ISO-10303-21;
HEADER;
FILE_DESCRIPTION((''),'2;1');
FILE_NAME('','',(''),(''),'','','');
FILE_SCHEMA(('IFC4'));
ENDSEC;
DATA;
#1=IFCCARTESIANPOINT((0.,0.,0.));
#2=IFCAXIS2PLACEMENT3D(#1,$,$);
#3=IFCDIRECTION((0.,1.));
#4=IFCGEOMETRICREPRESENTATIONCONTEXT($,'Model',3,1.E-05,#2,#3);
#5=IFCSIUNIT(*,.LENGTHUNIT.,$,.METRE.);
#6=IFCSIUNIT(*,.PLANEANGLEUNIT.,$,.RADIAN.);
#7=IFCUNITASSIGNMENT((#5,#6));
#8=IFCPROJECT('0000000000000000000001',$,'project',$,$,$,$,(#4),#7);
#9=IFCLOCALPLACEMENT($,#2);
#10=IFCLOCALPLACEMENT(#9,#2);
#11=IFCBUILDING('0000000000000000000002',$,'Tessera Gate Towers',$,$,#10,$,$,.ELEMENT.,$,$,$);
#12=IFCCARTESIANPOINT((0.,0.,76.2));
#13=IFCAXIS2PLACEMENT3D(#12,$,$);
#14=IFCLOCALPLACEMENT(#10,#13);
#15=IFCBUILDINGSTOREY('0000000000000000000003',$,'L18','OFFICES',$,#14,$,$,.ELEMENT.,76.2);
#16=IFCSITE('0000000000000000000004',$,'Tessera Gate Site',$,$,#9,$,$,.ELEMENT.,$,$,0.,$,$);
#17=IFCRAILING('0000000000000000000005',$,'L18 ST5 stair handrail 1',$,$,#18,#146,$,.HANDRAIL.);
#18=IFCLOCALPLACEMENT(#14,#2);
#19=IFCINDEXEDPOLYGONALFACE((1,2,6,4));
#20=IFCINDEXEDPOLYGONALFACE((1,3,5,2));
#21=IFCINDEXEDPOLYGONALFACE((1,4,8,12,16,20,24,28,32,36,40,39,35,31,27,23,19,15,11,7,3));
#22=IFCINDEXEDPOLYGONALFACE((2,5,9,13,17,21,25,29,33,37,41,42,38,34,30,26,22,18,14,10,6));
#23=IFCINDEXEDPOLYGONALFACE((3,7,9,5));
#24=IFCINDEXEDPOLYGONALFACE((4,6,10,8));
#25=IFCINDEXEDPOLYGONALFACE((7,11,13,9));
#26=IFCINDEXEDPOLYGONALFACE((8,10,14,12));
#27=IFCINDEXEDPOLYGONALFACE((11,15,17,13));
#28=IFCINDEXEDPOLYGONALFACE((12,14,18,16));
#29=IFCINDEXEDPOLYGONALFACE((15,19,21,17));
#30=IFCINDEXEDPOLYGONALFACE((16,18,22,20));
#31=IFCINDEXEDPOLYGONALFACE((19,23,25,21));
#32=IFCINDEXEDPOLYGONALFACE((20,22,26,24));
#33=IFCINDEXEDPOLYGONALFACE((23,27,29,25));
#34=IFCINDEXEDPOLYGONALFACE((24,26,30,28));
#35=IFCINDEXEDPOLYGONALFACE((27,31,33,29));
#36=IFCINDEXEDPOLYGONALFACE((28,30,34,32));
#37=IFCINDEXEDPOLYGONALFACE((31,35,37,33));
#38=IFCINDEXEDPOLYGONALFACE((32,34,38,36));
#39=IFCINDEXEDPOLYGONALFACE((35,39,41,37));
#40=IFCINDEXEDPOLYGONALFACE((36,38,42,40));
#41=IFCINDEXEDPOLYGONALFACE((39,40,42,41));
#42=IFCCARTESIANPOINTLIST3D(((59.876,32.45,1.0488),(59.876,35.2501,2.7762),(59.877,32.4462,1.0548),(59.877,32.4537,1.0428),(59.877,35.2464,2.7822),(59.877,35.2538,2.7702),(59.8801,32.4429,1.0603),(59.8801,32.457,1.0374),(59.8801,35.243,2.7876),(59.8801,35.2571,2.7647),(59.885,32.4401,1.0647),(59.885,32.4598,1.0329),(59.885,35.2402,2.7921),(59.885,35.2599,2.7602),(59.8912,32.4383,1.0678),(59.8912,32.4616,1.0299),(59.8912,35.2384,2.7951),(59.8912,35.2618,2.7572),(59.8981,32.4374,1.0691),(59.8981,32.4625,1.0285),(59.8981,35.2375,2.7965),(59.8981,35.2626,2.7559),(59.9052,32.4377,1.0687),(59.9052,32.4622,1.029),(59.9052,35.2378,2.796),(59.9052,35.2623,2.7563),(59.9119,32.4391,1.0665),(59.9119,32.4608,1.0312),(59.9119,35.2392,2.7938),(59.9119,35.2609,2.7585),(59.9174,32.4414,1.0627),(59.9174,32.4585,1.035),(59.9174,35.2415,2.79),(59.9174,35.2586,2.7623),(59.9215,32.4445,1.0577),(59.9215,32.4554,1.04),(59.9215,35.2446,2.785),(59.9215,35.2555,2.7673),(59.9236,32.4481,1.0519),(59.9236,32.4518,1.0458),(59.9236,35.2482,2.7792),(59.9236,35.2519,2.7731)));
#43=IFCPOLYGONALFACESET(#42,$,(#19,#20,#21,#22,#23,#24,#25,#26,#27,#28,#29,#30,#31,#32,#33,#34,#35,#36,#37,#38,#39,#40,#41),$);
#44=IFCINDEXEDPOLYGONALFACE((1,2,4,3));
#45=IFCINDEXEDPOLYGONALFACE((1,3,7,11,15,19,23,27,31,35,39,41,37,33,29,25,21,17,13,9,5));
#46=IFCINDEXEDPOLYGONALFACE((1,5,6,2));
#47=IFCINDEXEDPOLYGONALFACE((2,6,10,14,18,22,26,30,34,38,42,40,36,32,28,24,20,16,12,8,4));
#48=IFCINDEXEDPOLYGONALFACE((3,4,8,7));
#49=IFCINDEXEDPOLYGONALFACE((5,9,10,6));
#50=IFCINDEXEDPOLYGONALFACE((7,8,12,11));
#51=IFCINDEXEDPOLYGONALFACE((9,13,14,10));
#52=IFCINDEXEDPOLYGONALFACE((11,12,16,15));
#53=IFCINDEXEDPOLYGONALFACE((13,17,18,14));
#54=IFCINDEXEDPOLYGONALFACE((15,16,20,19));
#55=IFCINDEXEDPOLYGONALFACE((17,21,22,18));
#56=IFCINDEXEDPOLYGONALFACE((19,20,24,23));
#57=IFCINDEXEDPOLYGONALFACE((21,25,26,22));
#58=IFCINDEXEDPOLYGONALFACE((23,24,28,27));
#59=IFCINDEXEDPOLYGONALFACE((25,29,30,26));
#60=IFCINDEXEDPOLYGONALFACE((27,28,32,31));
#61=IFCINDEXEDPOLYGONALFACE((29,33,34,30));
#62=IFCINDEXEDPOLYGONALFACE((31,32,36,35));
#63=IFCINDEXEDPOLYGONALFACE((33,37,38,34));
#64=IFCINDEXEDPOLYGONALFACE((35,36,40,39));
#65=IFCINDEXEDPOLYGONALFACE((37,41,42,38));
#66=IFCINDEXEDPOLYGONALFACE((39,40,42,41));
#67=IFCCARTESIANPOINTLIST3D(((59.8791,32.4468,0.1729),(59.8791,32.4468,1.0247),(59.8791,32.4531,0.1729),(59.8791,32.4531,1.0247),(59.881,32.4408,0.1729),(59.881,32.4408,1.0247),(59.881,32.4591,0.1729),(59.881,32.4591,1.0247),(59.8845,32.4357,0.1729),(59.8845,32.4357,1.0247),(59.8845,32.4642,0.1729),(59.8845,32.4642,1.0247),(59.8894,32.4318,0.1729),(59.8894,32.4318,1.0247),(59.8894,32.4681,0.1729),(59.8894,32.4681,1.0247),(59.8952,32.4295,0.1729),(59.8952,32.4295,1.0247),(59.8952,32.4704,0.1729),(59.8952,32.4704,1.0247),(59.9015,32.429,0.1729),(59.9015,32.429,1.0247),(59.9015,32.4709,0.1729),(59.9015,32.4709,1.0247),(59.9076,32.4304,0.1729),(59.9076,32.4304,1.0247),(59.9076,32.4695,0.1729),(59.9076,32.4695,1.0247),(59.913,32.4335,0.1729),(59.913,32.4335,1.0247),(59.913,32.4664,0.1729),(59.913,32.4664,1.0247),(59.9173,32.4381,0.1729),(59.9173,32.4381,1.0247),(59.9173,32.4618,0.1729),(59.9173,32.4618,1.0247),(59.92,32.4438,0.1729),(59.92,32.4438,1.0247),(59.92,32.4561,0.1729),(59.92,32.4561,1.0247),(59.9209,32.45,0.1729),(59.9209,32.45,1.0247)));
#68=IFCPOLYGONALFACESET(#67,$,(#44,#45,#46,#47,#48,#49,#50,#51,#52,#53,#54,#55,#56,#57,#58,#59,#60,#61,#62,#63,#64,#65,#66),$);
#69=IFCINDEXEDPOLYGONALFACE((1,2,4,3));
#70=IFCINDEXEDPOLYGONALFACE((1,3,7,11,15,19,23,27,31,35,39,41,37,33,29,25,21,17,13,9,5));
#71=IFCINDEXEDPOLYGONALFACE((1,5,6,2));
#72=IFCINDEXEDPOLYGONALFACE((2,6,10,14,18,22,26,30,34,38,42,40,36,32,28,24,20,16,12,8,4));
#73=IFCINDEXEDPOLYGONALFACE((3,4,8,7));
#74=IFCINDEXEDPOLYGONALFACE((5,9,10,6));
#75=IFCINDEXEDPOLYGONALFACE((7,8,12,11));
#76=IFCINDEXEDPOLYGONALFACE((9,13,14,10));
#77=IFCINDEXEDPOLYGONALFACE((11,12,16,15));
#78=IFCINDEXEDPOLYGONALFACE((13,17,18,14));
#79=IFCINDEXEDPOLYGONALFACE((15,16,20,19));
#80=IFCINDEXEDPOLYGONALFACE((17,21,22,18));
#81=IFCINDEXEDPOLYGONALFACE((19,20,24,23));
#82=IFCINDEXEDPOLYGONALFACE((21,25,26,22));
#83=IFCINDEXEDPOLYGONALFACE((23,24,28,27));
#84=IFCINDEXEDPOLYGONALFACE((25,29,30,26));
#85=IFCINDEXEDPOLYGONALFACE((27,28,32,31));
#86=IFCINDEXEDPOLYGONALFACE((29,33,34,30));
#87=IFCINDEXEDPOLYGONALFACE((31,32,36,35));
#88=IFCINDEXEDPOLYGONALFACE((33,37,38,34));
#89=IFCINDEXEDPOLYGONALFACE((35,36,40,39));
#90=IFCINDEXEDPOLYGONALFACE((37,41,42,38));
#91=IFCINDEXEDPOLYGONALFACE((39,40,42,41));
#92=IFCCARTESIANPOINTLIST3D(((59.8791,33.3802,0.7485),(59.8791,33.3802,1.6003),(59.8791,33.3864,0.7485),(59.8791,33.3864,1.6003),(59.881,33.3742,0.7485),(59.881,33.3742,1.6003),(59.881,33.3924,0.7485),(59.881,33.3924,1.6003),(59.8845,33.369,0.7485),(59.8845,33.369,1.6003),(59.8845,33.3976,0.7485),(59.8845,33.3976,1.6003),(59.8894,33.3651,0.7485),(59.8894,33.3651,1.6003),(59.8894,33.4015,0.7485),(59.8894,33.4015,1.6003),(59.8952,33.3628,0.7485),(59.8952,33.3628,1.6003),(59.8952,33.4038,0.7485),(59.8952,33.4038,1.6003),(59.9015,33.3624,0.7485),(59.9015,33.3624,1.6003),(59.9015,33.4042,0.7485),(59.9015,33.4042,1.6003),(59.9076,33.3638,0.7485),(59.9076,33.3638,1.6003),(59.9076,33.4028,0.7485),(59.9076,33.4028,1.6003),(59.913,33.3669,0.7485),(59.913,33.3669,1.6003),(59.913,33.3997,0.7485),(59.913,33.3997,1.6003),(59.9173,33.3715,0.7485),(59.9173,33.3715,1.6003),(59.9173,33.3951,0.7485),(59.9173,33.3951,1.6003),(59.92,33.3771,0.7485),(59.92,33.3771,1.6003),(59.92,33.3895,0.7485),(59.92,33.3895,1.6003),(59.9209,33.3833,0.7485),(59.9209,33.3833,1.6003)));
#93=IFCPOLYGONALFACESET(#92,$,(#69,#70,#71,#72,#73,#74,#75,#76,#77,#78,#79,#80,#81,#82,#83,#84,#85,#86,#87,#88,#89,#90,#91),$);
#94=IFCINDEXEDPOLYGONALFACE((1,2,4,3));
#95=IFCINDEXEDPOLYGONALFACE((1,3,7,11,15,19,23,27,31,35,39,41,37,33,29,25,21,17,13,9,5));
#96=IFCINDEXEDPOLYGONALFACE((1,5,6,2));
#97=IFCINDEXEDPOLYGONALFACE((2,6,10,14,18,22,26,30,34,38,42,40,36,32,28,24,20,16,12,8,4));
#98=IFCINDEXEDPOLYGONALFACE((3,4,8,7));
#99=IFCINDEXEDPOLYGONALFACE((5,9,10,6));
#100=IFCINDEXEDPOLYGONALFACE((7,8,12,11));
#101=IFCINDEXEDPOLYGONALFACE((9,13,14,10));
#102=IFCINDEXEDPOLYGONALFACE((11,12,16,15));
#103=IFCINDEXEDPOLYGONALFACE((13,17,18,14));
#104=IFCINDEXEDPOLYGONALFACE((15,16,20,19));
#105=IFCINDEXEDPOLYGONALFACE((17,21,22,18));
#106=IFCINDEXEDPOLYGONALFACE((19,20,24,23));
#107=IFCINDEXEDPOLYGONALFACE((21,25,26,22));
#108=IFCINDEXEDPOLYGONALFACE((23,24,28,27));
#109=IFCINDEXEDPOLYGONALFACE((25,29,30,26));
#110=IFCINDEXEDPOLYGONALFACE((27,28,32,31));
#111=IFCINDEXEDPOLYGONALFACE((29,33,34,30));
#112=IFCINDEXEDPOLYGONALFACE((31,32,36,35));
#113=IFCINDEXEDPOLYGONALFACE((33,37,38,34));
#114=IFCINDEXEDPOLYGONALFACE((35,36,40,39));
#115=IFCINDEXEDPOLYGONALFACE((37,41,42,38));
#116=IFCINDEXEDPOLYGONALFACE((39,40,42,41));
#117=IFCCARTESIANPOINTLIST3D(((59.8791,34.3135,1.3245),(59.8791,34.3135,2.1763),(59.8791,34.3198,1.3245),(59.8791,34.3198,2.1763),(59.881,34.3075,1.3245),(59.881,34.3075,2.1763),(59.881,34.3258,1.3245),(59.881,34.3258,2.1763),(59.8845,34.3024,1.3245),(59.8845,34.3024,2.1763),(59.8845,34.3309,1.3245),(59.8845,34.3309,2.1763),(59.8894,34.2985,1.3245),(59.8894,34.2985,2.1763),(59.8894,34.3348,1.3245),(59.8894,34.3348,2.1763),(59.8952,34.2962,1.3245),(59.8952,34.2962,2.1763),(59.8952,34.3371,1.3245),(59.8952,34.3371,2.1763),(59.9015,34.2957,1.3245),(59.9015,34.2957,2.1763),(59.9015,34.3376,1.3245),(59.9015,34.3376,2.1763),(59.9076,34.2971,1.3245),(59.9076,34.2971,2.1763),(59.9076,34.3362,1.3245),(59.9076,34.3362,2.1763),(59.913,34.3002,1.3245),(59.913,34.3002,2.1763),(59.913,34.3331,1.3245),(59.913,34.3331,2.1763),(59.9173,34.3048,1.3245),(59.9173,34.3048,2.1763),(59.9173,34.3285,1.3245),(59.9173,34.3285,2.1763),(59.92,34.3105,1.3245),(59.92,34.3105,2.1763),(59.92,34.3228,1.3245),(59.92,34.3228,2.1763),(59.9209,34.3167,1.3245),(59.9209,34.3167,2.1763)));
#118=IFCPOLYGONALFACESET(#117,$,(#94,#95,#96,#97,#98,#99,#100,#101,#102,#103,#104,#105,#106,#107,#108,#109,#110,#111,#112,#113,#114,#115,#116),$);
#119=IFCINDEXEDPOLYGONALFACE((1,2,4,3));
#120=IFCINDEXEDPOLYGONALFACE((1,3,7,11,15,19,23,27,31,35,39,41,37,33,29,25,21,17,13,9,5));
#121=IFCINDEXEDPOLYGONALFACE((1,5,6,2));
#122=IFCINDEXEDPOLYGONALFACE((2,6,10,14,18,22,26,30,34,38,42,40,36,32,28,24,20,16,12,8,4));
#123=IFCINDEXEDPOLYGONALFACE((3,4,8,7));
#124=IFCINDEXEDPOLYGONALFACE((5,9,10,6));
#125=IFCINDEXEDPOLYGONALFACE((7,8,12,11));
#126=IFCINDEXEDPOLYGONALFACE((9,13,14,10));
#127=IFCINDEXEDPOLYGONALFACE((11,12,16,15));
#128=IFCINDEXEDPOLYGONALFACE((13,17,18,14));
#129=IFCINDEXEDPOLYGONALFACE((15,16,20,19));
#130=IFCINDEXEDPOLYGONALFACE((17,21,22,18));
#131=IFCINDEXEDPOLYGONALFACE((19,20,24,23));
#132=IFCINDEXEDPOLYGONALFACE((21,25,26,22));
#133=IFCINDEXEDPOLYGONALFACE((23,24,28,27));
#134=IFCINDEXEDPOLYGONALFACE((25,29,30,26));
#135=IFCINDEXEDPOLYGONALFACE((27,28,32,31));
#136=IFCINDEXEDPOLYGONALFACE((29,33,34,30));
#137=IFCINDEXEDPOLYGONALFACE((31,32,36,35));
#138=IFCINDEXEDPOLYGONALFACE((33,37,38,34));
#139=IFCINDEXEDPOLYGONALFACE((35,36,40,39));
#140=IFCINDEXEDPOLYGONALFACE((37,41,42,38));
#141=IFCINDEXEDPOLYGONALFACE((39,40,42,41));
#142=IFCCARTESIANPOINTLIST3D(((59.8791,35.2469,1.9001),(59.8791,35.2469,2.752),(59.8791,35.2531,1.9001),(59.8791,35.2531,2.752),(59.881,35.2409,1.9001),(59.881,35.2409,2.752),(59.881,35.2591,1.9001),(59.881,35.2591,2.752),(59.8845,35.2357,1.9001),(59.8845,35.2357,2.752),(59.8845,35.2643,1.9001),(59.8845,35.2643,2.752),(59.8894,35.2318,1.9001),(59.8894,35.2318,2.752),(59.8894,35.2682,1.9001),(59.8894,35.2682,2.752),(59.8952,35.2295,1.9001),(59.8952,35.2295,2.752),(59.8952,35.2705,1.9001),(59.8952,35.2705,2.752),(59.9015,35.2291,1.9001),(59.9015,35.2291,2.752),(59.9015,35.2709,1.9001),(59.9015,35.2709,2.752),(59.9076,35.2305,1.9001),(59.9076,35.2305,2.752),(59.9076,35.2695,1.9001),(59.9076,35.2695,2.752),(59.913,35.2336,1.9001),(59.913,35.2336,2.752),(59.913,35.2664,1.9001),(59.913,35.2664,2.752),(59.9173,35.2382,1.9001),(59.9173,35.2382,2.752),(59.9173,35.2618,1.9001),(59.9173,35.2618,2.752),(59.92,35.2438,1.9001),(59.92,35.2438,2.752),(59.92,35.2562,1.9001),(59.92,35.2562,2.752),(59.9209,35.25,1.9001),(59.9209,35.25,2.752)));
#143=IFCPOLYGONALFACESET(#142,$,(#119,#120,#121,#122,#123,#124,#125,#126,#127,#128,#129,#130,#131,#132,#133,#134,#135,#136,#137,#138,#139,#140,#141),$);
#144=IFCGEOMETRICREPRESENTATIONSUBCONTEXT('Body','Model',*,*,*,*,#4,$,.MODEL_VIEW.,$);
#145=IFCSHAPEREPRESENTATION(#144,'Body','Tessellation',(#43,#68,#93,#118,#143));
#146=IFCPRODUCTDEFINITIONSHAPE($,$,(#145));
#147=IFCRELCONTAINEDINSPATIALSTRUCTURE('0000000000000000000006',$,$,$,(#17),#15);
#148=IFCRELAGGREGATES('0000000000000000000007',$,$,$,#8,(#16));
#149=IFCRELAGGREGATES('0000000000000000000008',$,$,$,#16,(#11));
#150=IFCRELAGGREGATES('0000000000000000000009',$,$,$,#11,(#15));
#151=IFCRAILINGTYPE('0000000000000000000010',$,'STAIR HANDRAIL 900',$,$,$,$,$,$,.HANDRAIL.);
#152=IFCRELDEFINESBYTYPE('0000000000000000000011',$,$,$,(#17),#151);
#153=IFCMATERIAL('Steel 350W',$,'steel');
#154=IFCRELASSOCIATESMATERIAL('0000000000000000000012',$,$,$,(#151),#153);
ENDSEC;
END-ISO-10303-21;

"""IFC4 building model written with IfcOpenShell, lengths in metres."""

from ifc_helpers import new_model, si_unit, direction, frame, origin, origin_2d, place, context, subcontext, project, spatial, circle, extrude, material, type_object, element, save


model = new_model("IFC4")

# Units and contexts
model_context = context("Model", 3, precision=1e-05, world=origin(), true_north=direction((0.0, 1.0)))
body_context = subcontext(model_context, "Body", "Model", "MODEL_VIEW")
ifc_project = project(units=[si_unit("LENGTHUNIT", "METRE"), si_unit("PLANEANGLEUNIT", "RADIAN")], contexts=[model_context])

# Site, building, storey
site_placement = place(None, origin())
site = spatial("IfcSite", under=ifc_project, at=site_placement, Name="Tessera Gate Site", CompositionType="ELEMENT", RefElevation=0.0)
building_placement = place(site_placement, origin())
building = spatial("IfcBuilding", under=site, at=building_placement, Name="Tessera Gate Towers", CompositionType="ELEMENT")
storey_placement = place(building_placement, frame((0.0, 0.0, 76.2)))
storey = spatial("IfcBuildingStorey", under=building, at=storey_placement, Name="L18", Description="OFFICES", CompositionType="ELEMENT", Elevation=76.2)

# Railing
ifc_material_1 = material(Name="Steel 350W", Category="steel")
railing_type = type_object("IfcRailingType", Name="STAIR HANDRAIL 900", PredefinedType="HANDRAIL", material=ifc_material_1)
for number, where, name in (
    (1, (59.8999, 32.45, 0.1729), "L18 ST5 stair handrail 1"),
):
    element("IfcRailing", number, at=place(storey_placement, frame(where)), inside=storey, type_object=railing_type, Name=name, PredefinedType="HANDRAIL", context=body_context, shape_type="SweptSolid", body=[
        extrude(circle(Radius=0.0239, at=origin_2d()), frame((0.0, 0.0, 0.876), z_axis=(0.0, 0.85109, 0.52502), x_axis=(-1.0, 0.0, 0.0)), (0.0, 0.0, 1.0), 3.29),
        extrude(circle(Radius=0.021, at=origin_2d()), origin(), (0.0, 0.0, 1.0), 0.8518),
        extrude(circle(Radius=0.021, at=origin_2d()), frame((0.0, 0.9333, 0.5757)), (0.0, 0.0, 1.0), 0.8518),
        extrude(circle(Radius=0.021, at=origin_2d()), frame((0.0, 1.8667, 1.1516)), (0.0, 0.0, 1.0), 0.8518),
        extrude(circle(Radius=0.021, at=origin_2d()), frame((0.0, 2.8, 1.7273)), (0.0, 0.0, 1.0), 0.8518),
    ])

save(model, "model.ifc")
